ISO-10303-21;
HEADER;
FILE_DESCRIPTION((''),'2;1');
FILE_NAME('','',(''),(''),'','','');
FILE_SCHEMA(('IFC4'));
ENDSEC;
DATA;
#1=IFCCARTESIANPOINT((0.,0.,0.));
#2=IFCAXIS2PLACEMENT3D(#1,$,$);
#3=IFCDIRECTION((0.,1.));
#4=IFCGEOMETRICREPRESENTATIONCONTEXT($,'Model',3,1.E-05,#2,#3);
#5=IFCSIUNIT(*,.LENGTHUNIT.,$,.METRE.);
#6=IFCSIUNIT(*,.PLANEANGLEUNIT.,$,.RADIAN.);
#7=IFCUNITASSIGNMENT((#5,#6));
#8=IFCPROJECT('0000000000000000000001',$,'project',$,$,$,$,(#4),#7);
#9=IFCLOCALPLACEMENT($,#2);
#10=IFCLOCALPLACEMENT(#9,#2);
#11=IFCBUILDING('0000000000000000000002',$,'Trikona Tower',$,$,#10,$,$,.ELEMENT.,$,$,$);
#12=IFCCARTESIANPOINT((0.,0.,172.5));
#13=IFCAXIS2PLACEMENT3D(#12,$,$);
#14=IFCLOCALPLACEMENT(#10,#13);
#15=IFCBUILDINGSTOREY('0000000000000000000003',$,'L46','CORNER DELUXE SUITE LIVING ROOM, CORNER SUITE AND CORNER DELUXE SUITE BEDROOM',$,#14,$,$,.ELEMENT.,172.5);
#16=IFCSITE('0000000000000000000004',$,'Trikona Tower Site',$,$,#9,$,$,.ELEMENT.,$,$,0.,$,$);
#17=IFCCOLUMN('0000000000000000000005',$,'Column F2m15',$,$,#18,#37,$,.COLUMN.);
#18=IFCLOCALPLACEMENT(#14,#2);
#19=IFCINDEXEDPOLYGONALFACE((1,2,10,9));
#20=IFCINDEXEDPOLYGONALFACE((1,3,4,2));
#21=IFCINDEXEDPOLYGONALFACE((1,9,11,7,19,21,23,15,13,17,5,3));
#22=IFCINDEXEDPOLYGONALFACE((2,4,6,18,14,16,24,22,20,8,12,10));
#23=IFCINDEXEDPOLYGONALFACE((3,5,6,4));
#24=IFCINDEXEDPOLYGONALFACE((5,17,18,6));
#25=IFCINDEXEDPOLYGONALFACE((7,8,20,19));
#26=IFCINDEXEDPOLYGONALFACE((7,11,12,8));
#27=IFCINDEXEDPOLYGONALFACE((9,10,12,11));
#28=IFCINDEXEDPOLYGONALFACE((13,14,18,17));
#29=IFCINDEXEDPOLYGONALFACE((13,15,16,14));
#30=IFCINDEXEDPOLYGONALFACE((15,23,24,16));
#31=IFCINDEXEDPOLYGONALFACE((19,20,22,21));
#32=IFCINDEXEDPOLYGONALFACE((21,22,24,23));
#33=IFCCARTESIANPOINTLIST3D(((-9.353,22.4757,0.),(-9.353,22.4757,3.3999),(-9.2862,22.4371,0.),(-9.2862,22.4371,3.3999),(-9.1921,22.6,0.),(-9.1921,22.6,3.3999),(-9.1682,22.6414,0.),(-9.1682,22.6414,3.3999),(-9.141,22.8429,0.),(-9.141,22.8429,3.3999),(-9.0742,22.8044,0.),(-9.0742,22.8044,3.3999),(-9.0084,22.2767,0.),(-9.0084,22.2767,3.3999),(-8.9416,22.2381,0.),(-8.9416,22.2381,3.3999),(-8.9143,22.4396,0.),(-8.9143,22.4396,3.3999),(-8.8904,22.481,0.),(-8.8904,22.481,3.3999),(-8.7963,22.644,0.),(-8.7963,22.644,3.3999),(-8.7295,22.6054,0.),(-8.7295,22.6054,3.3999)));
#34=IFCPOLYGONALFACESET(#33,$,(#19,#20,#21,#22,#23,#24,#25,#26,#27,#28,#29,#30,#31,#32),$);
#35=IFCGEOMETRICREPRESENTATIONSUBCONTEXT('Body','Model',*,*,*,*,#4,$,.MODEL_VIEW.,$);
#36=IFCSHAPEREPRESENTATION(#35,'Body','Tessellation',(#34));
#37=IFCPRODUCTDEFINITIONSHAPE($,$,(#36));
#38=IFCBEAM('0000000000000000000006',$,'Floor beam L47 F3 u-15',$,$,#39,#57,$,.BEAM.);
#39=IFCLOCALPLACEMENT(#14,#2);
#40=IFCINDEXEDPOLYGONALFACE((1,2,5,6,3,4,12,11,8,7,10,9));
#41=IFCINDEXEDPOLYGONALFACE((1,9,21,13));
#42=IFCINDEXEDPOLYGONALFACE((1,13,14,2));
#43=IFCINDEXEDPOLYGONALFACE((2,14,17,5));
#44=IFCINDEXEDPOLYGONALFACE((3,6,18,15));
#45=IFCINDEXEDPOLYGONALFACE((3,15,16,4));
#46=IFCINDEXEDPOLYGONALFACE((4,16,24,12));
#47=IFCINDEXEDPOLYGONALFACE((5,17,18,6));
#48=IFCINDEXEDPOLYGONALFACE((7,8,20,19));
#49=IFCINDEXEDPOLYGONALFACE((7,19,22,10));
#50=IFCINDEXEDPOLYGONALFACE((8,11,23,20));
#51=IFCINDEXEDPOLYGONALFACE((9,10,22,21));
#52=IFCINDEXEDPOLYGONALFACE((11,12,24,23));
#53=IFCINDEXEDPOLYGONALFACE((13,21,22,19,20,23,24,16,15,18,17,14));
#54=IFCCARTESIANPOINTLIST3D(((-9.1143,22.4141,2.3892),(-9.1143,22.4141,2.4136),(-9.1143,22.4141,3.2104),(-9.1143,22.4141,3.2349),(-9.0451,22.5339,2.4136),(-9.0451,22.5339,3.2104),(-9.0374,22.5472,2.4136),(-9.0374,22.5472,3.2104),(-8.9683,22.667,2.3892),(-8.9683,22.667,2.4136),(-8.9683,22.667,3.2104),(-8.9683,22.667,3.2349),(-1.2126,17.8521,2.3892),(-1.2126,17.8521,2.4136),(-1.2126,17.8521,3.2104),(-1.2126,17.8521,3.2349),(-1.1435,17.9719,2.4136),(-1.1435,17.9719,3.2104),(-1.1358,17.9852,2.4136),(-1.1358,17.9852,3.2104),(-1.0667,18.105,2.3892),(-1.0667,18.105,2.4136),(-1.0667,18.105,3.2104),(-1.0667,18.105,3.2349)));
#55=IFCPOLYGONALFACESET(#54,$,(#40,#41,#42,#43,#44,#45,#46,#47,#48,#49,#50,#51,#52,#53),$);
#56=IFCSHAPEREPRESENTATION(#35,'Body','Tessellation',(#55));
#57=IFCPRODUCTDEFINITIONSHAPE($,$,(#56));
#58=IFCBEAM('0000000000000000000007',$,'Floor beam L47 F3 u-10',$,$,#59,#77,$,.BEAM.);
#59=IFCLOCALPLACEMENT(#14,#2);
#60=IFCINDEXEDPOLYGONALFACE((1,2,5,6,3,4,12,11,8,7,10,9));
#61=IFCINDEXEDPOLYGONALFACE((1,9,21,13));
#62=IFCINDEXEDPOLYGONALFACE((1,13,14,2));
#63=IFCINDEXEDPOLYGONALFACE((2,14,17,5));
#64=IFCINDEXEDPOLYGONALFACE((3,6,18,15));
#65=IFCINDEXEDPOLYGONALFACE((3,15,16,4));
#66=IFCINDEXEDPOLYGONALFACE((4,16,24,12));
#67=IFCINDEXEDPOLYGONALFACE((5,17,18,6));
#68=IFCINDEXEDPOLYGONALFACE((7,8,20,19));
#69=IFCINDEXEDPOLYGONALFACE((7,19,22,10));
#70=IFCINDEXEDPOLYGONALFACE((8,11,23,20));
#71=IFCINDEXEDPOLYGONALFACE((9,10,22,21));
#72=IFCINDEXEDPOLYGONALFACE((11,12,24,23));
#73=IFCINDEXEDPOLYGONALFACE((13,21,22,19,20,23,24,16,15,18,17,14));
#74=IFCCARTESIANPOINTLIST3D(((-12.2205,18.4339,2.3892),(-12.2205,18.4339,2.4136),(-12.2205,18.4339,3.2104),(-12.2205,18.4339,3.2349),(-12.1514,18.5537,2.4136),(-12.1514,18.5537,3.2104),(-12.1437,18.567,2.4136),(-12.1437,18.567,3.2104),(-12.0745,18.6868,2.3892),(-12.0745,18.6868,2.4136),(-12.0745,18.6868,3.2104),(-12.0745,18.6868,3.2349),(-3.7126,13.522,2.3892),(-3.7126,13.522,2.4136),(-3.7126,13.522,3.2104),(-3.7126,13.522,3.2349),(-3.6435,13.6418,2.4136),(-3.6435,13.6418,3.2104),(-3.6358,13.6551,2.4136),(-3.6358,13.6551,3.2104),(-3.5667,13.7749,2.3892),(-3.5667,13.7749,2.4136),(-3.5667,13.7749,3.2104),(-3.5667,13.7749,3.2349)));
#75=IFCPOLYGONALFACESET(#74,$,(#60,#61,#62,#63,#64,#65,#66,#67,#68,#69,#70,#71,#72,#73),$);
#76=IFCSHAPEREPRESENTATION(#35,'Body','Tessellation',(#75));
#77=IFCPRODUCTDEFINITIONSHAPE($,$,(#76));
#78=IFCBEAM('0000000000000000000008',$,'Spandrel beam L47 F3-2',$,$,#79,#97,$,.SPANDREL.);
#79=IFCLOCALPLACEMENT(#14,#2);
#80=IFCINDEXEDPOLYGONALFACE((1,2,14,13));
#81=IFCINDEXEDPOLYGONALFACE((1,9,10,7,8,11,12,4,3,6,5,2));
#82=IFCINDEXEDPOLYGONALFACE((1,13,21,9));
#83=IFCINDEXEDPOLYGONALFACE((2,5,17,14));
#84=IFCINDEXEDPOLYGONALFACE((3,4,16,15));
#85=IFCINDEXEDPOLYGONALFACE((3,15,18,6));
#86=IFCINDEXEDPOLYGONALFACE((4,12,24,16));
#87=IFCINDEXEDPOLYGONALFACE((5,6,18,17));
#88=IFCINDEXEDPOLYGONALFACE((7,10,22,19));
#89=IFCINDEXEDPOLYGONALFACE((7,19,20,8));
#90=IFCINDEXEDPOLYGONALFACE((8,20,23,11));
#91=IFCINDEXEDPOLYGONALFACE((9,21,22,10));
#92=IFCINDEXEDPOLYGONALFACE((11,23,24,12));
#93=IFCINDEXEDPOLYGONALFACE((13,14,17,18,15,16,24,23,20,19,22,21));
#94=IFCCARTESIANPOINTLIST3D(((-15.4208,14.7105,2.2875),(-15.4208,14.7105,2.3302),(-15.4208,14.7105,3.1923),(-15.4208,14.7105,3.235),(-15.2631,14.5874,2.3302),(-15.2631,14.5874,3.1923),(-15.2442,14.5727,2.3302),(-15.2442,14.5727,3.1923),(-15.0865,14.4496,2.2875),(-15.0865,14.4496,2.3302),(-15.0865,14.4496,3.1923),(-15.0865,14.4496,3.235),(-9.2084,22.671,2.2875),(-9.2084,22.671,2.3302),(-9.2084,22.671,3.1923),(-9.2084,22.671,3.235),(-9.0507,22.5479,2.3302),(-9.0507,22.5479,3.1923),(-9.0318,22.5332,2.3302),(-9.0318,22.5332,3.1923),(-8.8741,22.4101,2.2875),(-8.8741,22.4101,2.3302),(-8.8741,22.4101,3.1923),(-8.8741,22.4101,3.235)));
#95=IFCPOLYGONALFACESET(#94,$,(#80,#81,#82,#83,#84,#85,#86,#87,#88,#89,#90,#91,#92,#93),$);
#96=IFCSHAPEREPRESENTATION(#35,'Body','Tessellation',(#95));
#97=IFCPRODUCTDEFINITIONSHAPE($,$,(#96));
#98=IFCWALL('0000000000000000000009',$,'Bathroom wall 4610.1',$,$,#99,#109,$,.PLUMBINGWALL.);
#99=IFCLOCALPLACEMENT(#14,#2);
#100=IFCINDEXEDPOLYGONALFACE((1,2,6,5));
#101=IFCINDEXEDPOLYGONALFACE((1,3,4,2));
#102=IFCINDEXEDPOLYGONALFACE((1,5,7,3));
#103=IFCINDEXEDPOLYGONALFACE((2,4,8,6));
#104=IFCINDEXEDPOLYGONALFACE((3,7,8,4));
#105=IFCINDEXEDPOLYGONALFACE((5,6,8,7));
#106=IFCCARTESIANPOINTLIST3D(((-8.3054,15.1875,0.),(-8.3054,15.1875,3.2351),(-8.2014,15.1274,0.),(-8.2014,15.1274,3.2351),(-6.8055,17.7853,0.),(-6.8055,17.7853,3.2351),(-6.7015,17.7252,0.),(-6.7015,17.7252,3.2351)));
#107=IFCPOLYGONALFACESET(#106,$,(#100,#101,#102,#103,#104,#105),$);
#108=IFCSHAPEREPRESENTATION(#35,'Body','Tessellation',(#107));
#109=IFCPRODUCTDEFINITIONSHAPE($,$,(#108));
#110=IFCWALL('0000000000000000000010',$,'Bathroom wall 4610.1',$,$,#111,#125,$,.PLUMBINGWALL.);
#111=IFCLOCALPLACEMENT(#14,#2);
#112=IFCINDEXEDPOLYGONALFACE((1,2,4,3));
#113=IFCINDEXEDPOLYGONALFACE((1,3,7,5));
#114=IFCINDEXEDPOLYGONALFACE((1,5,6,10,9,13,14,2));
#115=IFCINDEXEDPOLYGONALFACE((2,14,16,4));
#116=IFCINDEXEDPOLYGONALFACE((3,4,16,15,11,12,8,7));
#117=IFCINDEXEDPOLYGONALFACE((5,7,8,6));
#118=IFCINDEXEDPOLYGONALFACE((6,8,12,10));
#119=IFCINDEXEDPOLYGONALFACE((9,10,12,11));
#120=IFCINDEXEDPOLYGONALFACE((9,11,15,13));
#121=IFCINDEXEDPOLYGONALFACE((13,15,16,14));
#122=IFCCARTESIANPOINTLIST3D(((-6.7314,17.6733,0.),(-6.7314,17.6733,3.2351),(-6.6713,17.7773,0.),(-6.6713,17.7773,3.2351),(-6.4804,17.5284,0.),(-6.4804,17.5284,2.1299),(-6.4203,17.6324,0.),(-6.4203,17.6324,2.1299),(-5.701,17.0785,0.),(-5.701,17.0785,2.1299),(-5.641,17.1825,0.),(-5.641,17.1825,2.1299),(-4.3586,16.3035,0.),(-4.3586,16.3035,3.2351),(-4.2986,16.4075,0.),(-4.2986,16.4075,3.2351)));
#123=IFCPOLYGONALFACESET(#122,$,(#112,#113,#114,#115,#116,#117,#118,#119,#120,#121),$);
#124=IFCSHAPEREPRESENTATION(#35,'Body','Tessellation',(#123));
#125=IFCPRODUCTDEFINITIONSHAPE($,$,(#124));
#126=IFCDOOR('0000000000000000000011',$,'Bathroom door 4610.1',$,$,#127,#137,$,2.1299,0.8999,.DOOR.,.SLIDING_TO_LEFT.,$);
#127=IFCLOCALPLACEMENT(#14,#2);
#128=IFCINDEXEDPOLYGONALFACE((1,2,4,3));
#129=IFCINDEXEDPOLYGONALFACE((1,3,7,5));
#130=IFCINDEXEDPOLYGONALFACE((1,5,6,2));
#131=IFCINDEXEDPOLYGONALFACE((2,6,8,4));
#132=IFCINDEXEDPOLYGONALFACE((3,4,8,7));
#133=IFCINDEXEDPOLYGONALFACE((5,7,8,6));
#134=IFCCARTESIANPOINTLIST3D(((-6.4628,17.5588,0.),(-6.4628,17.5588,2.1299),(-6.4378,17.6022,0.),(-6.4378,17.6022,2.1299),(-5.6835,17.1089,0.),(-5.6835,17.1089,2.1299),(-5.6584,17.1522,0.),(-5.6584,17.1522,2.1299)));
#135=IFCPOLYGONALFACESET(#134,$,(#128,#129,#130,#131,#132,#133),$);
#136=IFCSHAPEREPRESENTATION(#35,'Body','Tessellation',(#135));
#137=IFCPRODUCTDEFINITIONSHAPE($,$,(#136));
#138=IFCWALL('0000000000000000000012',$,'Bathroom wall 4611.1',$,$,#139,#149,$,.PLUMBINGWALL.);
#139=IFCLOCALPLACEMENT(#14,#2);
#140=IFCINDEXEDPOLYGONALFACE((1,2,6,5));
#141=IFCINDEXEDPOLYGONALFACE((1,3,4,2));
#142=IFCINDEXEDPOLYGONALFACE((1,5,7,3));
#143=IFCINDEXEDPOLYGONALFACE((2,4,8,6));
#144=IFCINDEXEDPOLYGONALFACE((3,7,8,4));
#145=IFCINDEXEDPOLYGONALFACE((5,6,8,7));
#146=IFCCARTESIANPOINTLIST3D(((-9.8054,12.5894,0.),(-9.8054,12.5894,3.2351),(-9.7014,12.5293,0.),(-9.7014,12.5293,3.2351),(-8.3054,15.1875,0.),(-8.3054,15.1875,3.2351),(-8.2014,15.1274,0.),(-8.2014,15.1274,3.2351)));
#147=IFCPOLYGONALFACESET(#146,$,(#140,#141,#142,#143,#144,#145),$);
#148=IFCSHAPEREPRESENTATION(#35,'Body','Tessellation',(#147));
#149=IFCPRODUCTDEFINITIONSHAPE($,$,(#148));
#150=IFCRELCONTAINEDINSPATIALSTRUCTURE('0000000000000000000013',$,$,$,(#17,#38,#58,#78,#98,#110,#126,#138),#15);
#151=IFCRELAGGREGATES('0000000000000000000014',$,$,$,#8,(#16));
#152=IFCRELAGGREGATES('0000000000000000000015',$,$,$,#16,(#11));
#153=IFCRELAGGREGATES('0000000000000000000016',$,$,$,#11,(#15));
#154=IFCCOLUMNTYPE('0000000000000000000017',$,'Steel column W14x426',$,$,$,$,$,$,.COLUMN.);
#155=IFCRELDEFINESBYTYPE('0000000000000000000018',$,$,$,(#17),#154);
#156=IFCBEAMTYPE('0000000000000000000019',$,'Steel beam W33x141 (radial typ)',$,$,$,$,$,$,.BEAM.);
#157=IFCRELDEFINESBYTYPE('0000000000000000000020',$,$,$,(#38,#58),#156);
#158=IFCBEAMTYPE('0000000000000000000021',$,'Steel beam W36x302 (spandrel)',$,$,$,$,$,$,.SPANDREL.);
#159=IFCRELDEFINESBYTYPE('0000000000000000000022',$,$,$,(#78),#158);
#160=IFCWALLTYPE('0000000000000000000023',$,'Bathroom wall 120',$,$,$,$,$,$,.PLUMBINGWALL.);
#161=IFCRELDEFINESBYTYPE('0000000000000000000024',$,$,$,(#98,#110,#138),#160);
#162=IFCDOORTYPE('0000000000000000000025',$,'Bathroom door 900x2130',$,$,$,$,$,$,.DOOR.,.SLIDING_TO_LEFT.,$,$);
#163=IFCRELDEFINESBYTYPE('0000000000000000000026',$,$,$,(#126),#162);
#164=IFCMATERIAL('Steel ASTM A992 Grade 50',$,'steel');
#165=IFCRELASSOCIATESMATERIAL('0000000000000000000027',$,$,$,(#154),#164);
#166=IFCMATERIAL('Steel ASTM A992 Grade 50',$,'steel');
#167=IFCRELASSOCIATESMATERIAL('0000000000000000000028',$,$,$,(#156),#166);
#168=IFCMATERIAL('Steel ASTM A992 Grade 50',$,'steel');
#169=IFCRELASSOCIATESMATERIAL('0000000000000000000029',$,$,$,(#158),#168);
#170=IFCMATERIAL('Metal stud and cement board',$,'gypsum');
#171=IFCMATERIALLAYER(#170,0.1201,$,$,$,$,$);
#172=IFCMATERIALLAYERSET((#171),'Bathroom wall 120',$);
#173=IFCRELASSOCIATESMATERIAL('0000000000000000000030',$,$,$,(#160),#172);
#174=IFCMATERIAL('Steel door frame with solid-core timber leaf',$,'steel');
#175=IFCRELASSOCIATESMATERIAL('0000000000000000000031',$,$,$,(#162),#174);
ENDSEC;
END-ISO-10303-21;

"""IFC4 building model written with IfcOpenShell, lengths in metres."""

from ifc_helpers import new_model, si_unit, direction, frame, frame_2d, origin, origin_2d, place, context, subcontext, project, spatial, rectangle, i_section, extrude, material, layer, layer_set, material_profile, profile_set, type_object, element, fill, save


model = new_model("IFC4")

# Units and contexts
model_context = context("Model", 3, precision=1e-05, world=origin(), true_north=direction((0.0, 1.0)))
body_context = subcontext(model_context, "Body", "Model", "MODEL_VIEW")
ifc_project = project(units=[si_unit("LENGTHUNIT", "METRE"), si_unit("PLANEANGLEUNIT", "RADIAN")], contexts=[model_context])

# Site, building, storey
site_placement = place(None, origin())
site = spatial("IfcSite", under=ifc_project, at=site_placement, Name="Trikona Tower Site", CompositionType="ELEMENT", RefElevation=0.0)
building_placement = place(site_placement, origin())
building = spatial("IfcBuilding", under=site, at=building_placement, Name="Trikona Tower", CompositionType="ELEMENT")
storey_placement = place(building_placement, frame((0.0, 0.0, 172.5)))
storey = spatial("IfcBuildingStorey", under=building, at=storey_placement, Name="L46", Description="CORNER DELUXE SUITE LIVING ROOM, CORNER SUITE AND CORNER DELUXE SUITE BEDROOM", CompositionType="ELEMENT", Elevation=172.5)

# Column
ifc_material_1 = material(Name="Steel ASTM A992 Grade 50", Category="steel")
ifc_material_profile_1 = material_profile(ifc_material_1, i_section(OverallWidth=0.4241, OverallDepth=0.4751, WebThickness=0.0479, FlangeThickness=0.0771, at=origin_2d()), Name="W14X426")
ifc_profile_set_1 = profile_set([ifc_material_profile_1], Name="Steel ASTM A992 Grade 50")
column_type = type_object("IfcColumnType", Name="Steel column W14x426", PredefinedType="COLUMN", material=ifc_profile_set_1)
column_placement = place(storey_placement, frame((-9.0413, 22.5405, 0.0), z_axis=(0.0, 0.0, 1.0), x_axis=(-0.5, -0.866025, 0.0)))
element("IfcColumn", 1, at=column_placement, inside=storey, type_object=column_type, Name="Column F2m15", PredefinedType="COLUMN", context=body_context, shape_type="SweptSolid", body=[
    extrude(i_section(OverallWidth=0.4241, OverallDepth=0.4751, WebThickness=0.0479, FlangeThickness=0.0771, at=origin_2d()), origin(), (0.0, 0.0, 1.0), 3.3999),
])

# Beams
ifc_material_2 = material(Name="Steel ASTM A992 Grade 50", Category="steel")
ifc_material_profile_2 = material_profile(ifc_material_2, i_section(OverallWidth=0.292, OverallDepth=0.8457, WebThickness=0.0154, FlangeThickness=0.0244, at=origin_2d()), Name="W33X141")
ifc_profile_set_2 = profile_set([ifc_material_profile_2], Name="Steel ASTM A992 Grade 50")
beam_type_1 = type_object("IfcBeamType", Name="Steel beam W33x141 (radial typ)", PredefinedType="BEAM", material=ifc_profile_set_2)
beam_1_placement = place(storey_placement, frame((-1.1396, 17.9785, 2.812), z_axis=(-0.866025, 0.500001, 0.0), x_axis=(-0.500001, -0.866025, 0.0)))
element("IfcBeam", 2, at=beam_1_placement, inside=storey, type_object=beam_type_1, Name="Floor beam L47 F3 u-15", PredefinedType="BEAM", context=body_context, shape_type="SweptSolid", body=[
    extrude(i_section(OverallWidth=0.292, OverallDepth=0.8457, WebThickness=0.0154, FlangeThickness=0.0244, at=origin_2d()), origin(), (0.0, 0.0, 1.0), 9.124),
])
beam_2_placement = place(storey_placement, frame((-3.6396, 13.6484, 2.812), z_axis=(-0.866031, 0.499991, 0.0), x_axis=(-0.499991, -0.866031, 0.0)))
element("IfcBeam", 3, at=beam_2_placement, inside=storey, type_object=beam_type_1, Name="Floor beam L47 F3 u-10", PredefinedType="BEAM", context=body_context, shape_type="SweptSolid", body=[
    extrude(i_section(OverallWidth=0.292, OverallDepth=0.8457, WebThickness=0.0154, FlangeThickness=0.0244, at=origin_2d()), origin(), (0.0, 0.0, 1.0), 9.824),
])
ifc_material_3 = material(Name="Steel ASTM A992 Grade 50", Category="steel")
ifc_material_profile_3 = material_profile(ifc_material_3, i_section(OverallWidth=0.4241, OverallDepth=0.9475, WebThickness=0.0239, FlangeThickness=0.0427, at=origin_2d()), Name="W36X302")
ifc_profile_set_3 = profile_set([ifc_material_profile_3], Name="Steel ASTM A992 Grade 50")
beam_type_2 = type_object("IfcBeamType", Name="Steel beam W36x302 (spandrel)", PredefinedType="SPANDREL", material=ifc_profile_set_3)
beam_3_placement = place(storey_placement, frame((-9.0413, 22.5405, 2.7612), z_axis=(-0.615232, -0.788346, 0.0), x_axis=(0.788346, -0.615232, 0.0)))
element("IfcBeam", 4, at=beam_3_placement, inside=storey, type_object=beam_type_2, Name="Spandrel beam L47 F3-2", PredefinedType="SPANDREL", context=body_context, shape_type="SweptSolid", body=[
    extrude(i_section(OverallWidth=0.4241, OverallDepth=0.9475, WebThickness=0.0239, FlangeThickness=0.0427, at=origin_2d()), origin(), (0.0, 0.0, 1.0), 10.0977),
])

# Wall
ifc_material_4 = material(Name="Metal stud and cement board", Category="gypsum")
ifc_layer_1 = layer(ifc_material_4, 0.1201)
ifc_layer_set_1 = layer_set([ifc_layer_1], Name="Bathroom wall 120")
wall_type_1 = type_object("IfcWallType", Name="Bathroom wall 120", PredefinedType="PLUMBINGWALL", material=ifc_layer_set_1)
wall_1_placement = place(storey_placement, frame((-6.7534, 17.7554, 0.0), z_axis=(0.0, 0.0, 1.0), x_axis=(-0.500025, -0.866011, 0.0)))
element("IfcWall", 5, at=wall_1_placement, inside=storey, type_object=wall_type_1, Name="Bathroom wall 4610.1", PredefinedType="PLUMBINGWALL", context=body_context, shape_type="SweptSolid", body=[
    extrude(rectangle(XDim=2.9998, YDim=0.1201, at=frame_2d((1.5, 0.0))), origin(), (0.0, 0.0, 1.0), 3.2351),
])

# Wall, opening, door
wall_2_placement = place(storey_placement, frame((-4.3286, 16.3555, 0.0), z_axis=(0.0, 0.0, 1.0), x_axis=(-0.866036, 0.499982, 0.0)))
wall_2 = element("IfcWall", 6, at=wall_2_placement, inside=storey, type_object=wall_type_1, Name="Bathroom wall 4610.1", PredefinedType="PLUMBINGWALL", context=body_context, shape_type="SweptSolid", body=[
    extrude(rectangle(XDim=2.7397, YDim=0.1201, at=frame_2d((1.3699, 0.0))), origin(), (0.0, 0.0, 1.0), 3.2351),
])
opening_1_placement = place(wall_2_placement, frame((1.55, 0.0, 0.0)))
opening_1 = element("IfcOpeningElement", 7, at=opening_1_placement, cuts=wall_2, PredefinedType="OPENING", context=body_context, shape_type="SweptSolid", body=[
    extrude(rectangle(XDim=0.8999, YDim=2.1299, at=frame_2d((0.45, 1.0649))), frame((0.0, 0.0701, 0.0), z_axis=(0.0, -1.0, 0.0), x_axis=(1.0, 0.0, 0.0)), (0.0, 0.0, 1.0), 0.1401),
])
ifc_material_5 = material(Name="Steel door frame with solid-core timber leaf", Category="steel")
door_type_1 = type_object("IfcDoorType", Name="Bathroom door 900x2130", OperationType="SLIDING_TO_LEFT", PredefinedType="DOOR", material=ifc_material_5)
door_1_placement = place(opening_1_placement, origin())
door_1 = element("IfcDoor", 8, at=door_1_placement, inside=storey, type_object=door_type_1, Name="Bathroom door 4610.1", OperationType="SLIDING_TO_LEFT", OverallHeight=2.1299, OverallWidth=0.8999, PredefinedType="DOOR", context=body_context, shape_type="SweptSolid", body=[
    extrude(rectangle(XDim=0.8999, YDim=2.1299, at=frame_2d((0.45, 1.0649))), frame((0.0, 0.0249, 0.0), z_axis=(0.0, -1.0, 0.0), x_axis=(1.0, 0.0, 0.0)), (0.0, 0.0, 1.0), 0.05),
])
fill(opening_1, door_1)

# Wall
wall_3_placement = place(storey_placement, frame((-8.2534, 15.1575, 0.0), z_axis=(0.0, 0.0, 1.0), x_axis=(-0.49999, -0.866031, 0.0)))
element("IfcWall", 9, at=wall_3_placement, inside=storey, type_object=wall_type_1, Name="Bathroom wall 4611.1", PredefinedType="PLUMBINGWALL", context=body_context, shape_type="SweptSolid", body=[
    extrude(rectangle(XDim=3.0, YDim=0.1201, at=frame_2d((1.5, 0.0))), origin(), (0.0, 0.0, 1.0), 3.2351),
])

save(model, "model.ifc")
